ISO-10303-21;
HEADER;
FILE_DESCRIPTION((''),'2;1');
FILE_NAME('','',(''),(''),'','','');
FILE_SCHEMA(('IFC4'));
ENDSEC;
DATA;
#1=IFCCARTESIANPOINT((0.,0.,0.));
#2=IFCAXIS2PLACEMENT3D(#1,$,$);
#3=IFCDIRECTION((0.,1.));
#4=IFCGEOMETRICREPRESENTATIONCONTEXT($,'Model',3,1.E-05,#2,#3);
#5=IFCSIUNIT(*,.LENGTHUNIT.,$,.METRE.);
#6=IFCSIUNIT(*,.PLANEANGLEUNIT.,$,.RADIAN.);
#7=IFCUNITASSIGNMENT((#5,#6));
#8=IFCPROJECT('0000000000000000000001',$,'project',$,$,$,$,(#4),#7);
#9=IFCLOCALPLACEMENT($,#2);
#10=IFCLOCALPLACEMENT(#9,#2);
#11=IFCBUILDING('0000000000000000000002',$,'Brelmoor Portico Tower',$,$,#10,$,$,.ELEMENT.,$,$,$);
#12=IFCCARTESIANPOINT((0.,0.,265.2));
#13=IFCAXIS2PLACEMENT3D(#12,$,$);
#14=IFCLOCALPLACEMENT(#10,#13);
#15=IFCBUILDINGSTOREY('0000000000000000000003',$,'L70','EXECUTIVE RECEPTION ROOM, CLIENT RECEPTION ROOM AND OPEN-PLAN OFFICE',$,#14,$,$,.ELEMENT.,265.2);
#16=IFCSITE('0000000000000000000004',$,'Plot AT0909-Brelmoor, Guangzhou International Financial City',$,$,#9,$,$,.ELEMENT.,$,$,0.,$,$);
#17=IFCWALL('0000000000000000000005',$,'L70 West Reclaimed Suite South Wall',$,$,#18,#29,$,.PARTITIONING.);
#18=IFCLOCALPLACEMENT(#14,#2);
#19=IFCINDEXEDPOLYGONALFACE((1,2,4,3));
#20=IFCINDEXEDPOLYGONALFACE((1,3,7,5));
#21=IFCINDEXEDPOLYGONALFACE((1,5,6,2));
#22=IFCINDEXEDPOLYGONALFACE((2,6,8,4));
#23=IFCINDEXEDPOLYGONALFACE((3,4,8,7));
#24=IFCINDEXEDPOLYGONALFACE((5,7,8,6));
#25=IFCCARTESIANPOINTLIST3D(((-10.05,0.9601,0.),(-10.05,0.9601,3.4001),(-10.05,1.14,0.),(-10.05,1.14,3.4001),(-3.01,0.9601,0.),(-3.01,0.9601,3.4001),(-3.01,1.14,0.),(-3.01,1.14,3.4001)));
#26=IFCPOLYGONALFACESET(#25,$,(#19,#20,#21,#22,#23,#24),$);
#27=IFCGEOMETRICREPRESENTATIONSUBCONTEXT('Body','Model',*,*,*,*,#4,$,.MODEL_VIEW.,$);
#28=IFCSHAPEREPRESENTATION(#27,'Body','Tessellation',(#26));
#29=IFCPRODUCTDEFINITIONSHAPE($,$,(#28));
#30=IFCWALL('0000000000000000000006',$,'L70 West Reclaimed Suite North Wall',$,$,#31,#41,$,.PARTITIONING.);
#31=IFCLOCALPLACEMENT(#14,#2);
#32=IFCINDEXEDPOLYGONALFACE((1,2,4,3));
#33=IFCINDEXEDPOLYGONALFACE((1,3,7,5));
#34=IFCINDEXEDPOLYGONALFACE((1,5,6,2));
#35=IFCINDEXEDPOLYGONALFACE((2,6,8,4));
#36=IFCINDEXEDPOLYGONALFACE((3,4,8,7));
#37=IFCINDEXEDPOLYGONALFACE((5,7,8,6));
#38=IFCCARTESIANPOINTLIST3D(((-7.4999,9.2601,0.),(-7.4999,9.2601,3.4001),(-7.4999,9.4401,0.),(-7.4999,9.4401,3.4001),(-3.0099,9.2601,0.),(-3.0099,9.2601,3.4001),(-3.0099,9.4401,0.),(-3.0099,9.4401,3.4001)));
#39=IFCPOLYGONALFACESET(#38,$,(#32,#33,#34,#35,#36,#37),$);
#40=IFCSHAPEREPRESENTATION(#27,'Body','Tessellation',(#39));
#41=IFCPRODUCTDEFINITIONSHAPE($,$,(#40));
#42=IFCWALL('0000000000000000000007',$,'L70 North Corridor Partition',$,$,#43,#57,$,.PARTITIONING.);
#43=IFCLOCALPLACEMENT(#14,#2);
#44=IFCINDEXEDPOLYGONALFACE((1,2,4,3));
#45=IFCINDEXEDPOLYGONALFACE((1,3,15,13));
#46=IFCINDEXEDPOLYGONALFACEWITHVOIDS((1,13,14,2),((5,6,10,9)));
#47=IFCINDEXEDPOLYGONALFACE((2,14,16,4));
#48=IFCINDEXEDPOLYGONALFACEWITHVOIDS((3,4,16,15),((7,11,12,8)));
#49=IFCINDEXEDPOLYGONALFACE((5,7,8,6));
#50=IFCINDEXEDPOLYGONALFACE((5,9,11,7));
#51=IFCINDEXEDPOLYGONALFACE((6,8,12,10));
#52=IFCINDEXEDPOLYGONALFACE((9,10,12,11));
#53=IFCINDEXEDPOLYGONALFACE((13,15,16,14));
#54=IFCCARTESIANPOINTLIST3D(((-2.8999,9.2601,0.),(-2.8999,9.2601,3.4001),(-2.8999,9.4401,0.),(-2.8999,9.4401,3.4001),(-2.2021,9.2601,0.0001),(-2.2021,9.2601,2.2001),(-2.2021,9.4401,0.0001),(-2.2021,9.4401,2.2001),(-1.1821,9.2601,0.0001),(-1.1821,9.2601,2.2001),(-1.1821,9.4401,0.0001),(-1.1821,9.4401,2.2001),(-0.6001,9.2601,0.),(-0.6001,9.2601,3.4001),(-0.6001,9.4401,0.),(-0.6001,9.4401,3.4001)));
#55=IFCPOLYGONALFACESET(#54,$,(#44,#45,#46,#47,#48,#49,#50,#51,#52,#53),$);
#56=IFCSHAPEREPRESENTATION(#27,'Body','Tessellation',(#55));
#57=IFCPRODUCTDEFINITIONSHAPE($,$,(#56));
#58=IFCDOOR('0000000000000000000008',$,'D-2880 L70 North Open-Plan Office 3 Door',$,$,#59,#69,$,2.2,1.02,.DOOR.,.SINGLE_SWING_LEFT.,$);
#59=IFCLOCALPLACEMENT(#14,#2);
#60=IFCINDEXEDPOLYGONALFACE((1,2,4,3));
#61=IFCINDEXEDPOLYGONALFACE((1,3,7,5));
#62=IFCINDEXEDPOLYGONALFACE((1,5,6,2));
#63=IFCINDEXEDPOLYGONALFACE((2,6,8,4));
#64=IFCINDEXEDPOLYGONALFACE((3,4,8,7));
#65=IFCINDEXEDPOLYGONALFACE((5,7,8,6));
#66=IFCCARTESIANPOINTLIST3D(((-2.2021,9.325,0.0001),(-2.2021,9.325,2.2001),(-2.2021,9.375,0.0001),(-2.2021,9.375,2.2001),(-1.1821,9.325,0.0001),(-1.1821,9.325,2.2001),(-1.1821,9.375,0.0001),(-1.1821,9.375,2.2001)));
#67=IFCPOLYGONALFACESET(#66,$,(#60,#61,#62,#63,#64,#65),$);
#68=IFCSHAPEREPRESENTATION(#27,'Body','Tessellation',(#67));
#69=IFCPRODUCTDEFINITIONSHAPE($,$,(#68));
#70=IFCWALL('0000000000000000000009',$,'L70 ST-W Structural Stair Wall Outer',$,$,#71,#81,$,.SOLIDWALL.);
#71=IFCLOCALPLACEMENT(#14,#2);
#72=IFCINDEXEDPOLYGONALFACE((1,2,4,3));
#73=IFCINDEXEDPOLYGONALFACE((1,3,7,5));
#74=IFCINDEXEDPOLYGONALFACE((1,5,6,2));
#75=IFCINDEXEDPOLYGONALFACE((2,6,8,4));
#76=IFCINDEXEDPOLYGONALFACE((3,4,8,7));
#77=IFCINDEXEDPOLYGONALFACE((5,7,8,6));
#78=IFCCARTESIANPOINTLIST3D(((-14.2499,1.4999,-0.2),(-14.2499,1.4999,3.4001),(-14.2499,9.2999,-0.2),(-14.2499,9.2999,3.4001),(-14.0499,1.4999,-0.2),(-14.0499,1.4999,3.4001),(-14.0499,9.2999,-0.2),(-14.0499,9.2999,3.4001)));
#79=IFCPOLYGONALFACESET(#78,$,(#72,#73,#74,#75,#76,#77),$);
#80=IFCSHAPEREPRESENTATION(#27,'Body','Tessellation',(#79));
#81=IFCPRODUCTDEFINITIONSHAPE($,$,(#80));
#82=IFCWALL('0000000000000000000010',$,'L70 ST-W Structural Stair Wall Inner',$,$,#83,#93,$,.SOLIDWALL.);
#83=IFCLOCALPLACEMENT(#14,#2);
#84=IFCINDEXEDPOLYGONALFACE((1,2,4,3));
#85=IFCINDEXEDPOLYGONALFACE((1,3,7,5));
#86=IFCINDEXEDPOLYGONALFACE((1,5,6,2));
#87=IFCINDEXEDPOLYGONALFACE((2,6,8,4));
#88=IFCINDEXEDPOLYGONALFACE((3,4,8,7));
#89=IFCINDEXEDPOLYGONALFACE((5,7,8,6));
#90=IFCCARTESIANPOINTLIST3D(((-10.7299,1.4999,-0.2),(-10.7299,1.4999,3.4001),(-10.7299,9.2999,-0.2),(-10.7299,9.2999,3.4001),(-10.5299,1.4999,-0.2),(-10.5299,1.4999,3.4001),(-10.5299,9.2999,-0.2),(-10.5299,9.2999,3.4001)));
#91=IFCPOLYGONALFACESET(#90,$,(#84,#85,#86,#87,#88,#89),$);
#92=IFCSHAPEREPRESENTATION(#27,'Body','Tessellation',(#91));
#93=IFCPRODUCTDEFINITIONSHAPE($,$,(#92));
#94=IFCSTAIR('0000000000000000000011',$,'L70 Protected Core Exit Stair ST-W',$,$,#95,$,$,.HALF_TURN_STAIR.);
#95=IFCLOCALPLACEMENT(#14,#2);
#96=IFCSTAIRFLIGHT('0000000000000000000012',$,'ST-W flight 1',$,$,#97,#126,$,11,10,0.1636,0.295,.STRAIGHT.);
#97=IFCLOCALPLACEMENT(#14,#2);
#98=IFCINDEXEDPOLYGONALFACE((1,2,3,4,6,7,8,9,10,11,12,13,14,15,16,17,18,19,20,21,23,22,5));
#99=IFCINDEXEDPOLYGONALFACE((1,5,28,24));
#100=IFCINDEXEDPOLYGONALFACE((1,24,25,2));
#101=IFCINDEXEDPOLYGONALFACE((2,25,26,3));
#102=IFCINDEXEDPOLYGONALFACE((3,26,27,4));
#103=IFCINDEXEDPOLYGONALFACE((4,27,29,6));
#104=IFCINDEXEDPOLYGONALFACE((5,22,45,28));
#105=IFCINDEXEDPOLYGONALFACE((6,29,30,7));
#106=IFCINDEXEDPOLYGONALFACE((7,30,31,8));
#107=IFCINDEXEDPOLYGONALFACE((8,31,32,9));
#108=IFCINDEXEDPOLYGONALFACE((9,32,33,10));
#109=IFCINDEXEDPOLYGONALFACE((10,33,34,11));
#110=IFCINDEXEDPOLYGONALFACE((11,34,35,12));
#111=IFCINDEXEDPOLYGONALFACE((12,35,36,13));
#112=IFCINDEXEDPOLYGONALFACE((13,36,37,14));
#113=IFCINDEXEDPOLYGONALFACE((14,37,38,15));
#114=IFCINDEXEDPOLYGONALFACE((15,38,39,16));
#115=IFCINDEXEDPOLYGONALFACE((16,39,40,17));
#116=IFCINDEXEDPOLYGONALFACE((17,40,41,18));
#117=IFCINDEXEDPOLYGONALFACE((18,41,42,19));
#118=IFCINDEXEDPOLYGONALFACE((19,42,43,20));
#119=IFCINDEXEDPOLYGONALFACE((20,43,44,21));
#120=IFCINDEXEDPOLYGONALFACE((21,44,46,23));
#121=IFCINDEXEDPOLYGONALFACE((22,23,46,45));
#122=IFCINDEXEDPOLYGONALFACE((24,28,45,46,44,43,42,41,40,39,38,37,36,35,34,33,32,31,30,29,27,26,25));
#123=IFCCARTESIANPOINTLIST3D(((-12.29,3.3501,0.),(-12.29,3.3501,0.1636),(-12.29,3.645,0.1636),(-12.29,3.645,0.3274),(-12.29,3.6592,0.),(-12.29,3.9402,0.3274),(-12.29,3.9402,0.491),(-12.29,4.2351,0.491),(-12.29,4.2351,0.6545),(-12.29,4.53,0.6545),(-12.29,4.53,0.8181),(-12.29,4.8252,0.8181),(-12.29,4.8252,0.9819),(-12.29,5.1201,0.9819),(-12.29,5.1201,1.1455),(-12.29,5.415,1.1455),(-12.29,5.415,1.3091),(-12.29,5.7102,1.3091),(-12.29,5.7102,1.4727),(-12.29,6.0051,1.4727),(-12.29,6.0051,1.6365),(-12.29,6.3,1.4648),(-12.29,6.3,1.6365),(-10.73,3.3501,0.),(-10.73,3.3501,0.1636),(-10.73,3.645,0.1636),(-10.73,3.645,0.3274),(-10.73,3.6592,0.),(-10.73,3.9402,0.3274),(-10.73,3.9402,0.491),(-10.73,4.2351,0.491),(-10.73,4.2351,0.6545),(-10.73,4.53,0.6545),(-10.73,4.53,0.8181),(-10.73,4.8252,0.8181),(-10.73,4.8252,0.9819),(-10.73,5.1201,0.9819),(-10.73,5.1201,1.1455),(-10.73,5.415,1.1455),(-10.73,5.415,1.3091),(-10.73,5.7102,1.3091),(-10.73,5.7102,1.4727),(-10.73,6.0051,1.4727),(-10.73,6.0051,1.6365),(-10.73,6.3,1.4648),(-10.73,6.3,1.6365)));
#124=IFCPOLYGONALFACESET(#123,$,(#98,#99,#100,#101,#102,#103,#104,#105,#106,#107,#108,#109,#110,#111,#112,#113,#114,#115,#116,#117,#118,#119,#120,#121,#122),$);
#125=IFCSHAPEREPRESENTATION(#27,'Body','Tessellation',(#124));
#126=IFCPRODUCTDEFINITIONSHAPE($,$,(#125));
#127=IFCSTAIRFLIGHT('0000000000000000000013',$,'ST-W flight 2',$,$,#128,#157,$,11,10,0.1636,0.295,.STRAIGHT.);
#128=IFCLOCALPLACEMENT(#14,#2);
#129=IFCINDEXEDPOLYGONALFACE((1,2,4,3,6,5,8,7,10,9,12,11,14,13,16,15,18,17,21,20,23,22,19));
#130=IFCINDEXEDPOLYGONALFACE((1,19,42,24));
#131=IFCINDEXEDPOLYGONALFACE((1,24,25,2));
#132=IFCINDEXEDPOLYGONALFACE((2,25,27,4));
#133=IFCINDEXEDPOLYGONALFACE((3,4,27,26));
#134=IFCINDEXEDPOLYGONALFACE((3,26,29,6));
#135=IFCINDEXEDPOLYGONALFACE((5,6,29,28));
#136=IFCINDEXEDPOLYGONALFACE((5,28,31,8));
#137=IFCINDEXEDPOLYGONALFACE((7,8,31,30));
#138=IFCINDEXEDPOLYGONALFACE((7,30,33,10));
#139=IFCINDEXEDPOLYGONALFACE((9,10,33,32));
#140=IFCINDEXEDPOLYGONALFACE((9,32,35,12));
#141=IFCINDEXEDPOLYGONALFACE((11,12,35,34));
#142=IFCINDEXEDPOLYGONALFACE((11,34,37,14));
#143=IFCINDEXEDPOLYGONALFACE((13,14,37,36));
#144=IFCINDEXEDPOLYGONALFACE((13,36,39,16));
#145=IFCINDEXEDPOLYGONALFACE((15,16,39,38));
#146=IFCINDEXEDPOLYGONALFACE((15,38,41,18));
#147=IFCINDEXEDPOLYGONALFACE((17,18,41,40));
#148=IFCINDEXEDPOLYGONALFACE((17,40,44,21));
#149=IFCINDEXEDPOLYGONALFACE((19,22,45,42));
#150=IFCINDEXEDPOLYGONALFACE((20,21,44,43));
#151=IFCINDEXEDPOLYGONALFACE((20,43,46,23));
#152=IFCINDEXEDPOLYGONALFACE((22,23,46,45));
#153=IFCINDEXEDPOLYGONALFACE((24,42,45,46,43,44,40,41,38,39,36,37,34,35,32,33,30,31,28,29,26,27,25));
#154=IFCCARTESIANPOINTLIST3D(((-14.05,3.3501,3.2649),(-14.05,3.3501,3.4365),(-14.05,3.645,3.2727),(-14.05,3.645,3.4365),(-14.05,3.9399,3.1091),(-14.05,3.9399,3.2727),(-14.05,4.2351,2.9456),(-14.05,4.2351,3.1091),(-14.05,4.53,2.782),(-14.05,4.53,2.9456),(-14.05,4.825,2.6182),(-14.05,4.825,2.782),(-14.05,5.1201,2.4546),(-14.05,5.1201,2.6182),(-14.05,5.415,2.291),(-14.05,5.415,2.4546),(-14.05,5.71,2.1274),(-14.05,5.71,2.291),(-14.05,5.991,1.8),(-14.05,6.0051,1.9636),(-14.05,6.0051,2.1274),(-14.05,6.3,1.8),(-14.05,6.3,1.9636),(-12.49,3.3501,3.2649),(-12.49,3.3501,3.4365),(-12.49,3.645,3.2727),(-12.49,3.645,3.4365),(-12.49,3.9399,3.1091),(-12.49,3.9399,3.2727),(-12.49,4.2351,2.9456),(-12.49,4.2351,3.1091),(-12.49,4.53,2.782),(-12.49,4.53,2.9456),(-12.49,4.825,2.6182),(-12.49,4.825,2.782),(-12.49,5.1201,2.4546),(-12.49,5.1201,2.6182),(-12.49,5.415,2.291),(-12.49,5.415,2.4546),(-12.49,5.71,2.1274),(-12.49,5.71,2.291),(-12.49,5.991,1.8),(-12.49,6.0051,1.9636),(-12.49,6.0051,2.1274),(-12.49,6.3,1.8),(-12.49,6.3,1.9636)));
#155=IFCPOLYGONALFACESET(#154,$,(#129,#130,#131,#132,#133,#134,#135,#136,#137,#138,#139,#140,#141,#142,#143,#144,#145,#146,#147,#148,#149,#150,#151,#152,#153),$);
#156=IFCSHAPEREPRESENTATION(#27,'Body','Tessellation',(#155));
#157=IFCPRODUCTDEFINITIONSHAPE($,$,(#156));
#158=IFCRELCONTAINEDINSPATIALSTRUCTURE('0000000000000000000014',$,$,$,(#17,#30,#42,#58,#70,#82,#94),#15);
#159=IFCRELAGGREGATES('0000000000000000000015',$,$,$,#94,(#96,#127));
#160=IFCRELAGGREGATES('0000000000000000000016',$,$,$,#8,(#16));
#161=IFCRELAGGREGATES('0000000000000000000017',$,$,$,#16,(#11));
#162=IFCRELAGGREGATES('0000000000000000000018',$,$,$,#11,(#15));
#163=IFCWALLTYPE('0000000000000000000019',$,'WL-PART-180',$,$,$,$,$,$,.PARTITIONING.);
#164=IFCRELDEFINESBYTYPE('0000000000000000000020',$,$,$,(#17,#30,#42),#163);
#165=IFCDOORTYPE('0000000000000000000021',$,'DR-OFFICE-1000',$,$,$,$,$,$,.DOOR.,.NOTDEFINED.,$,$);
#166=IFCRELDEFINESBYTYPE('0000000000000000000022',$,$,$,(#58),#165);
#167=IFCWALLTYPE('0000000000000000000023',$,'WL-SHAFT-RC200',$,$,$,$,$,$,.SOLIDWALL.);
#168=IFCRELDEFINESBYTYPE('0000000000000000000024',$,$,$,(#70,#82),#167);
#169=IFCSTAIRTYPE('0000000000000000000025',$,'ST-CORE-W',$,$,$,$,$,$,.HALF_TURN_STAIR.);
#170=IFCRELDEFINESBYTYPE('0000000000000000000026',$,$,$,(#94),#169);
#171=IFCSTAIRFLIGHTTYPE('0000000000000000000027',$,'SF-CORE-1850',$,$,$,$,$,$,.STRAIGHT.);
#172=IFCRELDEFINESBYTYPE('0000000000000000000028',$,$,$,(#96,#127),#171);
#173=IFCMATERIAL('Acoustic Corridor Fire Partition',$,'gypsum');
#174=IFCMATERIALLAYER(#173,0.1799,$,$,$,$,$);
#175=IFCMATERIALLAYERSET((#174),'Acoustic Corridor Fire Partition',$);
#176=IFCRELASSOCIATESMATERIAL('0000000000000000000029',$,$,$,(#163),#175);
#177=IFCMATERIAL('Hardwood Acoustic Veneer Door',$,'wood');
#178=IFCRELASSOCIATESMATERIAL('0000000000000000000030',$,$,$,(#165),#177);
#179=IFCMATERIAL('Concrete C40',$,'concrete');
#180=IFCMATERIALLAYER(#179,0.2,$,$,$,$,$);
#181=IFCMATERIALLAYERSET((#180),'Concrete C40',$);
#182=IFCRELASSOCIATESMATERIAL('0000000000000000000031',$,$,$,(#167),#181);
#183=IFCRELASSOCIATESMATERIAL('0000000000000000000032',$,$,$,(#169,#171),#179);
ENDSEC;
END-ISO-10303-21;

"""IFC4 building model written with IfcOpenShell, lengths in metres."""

from ifc_helpers import new_model, si_unit, direction, frame, frame_2d, origin, place, context, subcontext, project, spatial, polyline, rectangle, outline, extrude, material, layer, layer_set, type_object, element, fill, aggregate, save


model = new_model("IFC4")

# Units and contexts
model_context = context("Model", 3, precision=1e-05, world=origin(), true_north=direction((0.0, 1.0)))
body_context = subcontext(model_context, "Body", "Model", "MODEL_VIEW")
ifc_project = project(units=[si_unit("LENGTHUNIT", "METRE"), si_unit("PLANEANGLEUNIT", "RADIAN")], contexts=[model_context])

# Site, building, storey
site_placement = place(None, origin())
site = spatial("IfcSite", under=ifc_project, at=site_placement, Name="Plot AT0909-Brelmoor, Guangzhou International Financial City", CompositionType="ELEMENT", RefElevation=0.0)
building_placement = place(site_placement, origin())
building = spatial("IfcBuilding", under=site, at=building_placement, Name="Brelmoor Portico Tower", CompositionType="ELEMENT")
storey_placement = place(building_placement, frame((0.0, 0.0, 265.2)))
storey = spatial("IfcBuildingStorey", under=building, at=storey_placement, Name="L70", Description="EXECUTIVE RECEPTION ROOM, CLIENT RECEPTION ROOM AND OPEN-PLAN OFFICE", CompositionType="ELEMENT", Elevation=265.2)

# Walls
ifc_material_1 = material(Name="Acoustic Corridor Fire Partition", Category="gypsum")
ifc_layer_1 = layer(ifc_material_1, 0.1799)
ifc_layer_set_1 = layer_set([ifc_layer_1], Name="Acoustic Corridor Fire Partition")
wall_type_1 = type_object("IfcWallType", Name="WL-PART-180", PredefinedType="PARTITIONING", material=ifc_layer_set_1)
wall_1_placement = place(storey_placement, frame((-10.05, 1.05, 0.0), z_axis=(0.0, 0.0, 1.0), x_axis=(1.0, 0.0, 0.0)))
element("IfcWall", 1, at=wall_1_placement, inside=storey, type_object=wall_type_1, Name="L70 West Reclaimed Suite South Wall", PredefinedType="PARTITIONING", context=body_context, shape_type="SweptSolid", body=[
    extrude(rectangle(XDim=7.04, YDim=0.1799, at=frame_2d((3.52, 0.0))), origin(), (0.0, 0.0, 1.0), 3.4001),
])
wall_2_placement = place(storey_placement, frame((-7.5, 9.3501, 0.0), z_axis=(0.0, 0.0, 1.0), x_axis=(1.0, 0.0, 0.0)))
element("IfcWall", 2, at=wall_2_placement, inside=storey, type_object=wall_type_1, Name="L70 West Reclaimed Suite North Wall", PredefinedType="PARTITIONING", context=body_context, shape_type="SweptSolid", body=[
    extrude(rectangle(XDim=4.49, YDim=0.1799, at=frame_2d((2.2451, 0.0))), origin(), (0.0, 0.0, 1.0), 3.4001),
])

# Wall, opening, door
wall_3_placement = place(storey_placement, frame((-2.8999, 9.3501, 0.0), z_axis=(0.0, 0.0, 1.0), x_axis=(1.0, 0.0, 0.0)))
wall_3 = element("IfcWall", 3, at=wall_3_placement, inside=storey, type_object=wall_type_1, Name="L70 North Corridor Partition", PredefinedType="PARTITIONING", context=body_context, shape_type="SweptSolid", body=[
    extrude(rectangle(XDim=2.2998, YDim=0.1799, at=frame_2d((1.1499, 0.0))), origin(), (0.0, 0.0, 1.0), 3.4001),
])
opening_1_placement = place(wall_3_placement, frame((0.6978, 0.0, 0.0)))
opening_1 = element("IfcOpeningElement", 4, at=opening_1_placement, cuts=wall_3, PredefinedType="OPENING", context=body_context, shape_type="SweptSolid", body=[
    extrude(rectangle(XDim=1.02, YDim=2.2, at=frame_2d((0.51, 1.1001))), frame((0.0, 0.0999, 0.0), z_axis=(0.0, -1.0, 0.0), x_axis=(1.0, 0.0, 0.0)), (0.0, 0.0, 1.0), 0.2),
])
ifc_material_2 = material(Name="Hardwood Acoustic Veneer Door", Category="wood")
door_type_1 = type_object("IfcDoorType", Name="DR-OFFICE-1000", OperationType="NOTDEFINED", PredefinedType="DOOR", material=ifc_material_2)
door_1_placement = place(opening_1_placement, origin())
door_1 = element("IfcDoor", 5, at=door_1_placement, inside=storey, type_object=door_type_1, Name="D-2880 L70 North Open-Plan Office 3 Door", OperationType="SINGLE_SWING_LEFT", OverallHeight=2.2, OverallWidth=1.02, PredefinedType="DOOR", context=body_context, shape_type="SweptSolid", body=[
    extrude(rectangle(XDim=1.02, YDim=2.2, at=frame_2d((0.51, 1.1001))), frame((0.0, 0.0249, 0.0), z_axis=(0.0, -1.0, 0.0), x_axis=(1.0, 0.0, 0.0)), (0.0, 0.0, 1.0), 0.05),
])
fill(opening_1, door_1)

# Walls
ifc_material_3 = material(Name="Concrete C40", Category="concrete")
ifc_layer_2 = layer(ifc_material_3, 0.2)
ifc_layer_set_2 = layer_set([ifc_layer_2], Name="Concrete C40")
wall_type_2 = type_object("IfcWallType", Name="WL-SHAFT-RC200", PredefinedType="SOLIDWALL", material=ifc_layer_set_2)
for number, where, z_axis, x_axis, name in (
    (6, (-14.1499, 1.5, -0.2), (0.0, 0.0, 1.0), (0.0, 1.0, 0.0), "L70 ST-W Structural Stair Wall Outer"),
    (7, (-10.6299, 1.5, -0.2), (0.0, 0.0, 1.0), (0.0, 1.0, 0.0), "L70 ST-W Structural Stair Wall Inner"),
):
    element("IfcWall", number, at=place(storey_placement, frame(where, z_axis=z_axis, x_axis=x_axis)), inside=storey, type_object=wall_type_2, Name=name, PredefinedType="SOLIDWALL", context=body_context, shape_type="SweptSolid", body=[
        extrude(rectangle(XDim=7.8, YDim=0.2, at=frame_2d((3.8999, 0.0))), origin(), (0.0, 0.0, 1.0), 3.6001),
    ])

# Stair, stair flights
stair_type = type_object("IfcStairType", Name="ST-CORE-W", PredefinedType="HALF_TURN_STAIR", material=ifc_material_3)
stair_placement = place(storey_placement, origin())
stair = element("IfcStair", 8, at=stair_placement, inside=storey, type_object=stair_type, Name="L70 Protected Core Exit Stair ST-W", PredefinedType="HALF_TURN_STAIR")
stair_flight_type = type_object("IfcStairFlightType", Name="SF-CORE-1850", PredefinedType="STRAIGHT", material=ifc_material_3)
stair_flight_1_placement = place(storey_placement, frame((-11.51, 3.3501, 0.0), z_axis=(0.0, 0.0, 1.0), x_axis=(0.0, 1.0, 0.0)))
stair_flight_1 = element("IfcStairFlight", 9, at=stair_flight_1_placement, type_object=stair_flight_type, Name="ST-W flight 1", NumberOfRisers=11, NumberOfTreads=10, PredefinedType="STRAIGHT", RiserHeight=0.1636, TreadLength=0.295, context=body_context, shape_type="SweptSolid", body=[
    extrude(outline(polyline([(0.0, 0.0), (0.0, 0.1636), (0.2949, 0.1636), (0.2949, 0.3274), (0.5901, 0.3274), (0.5901, 0.491), (0.885, 0.491), (0.885, 0.6545), (1.1799, 0.6545), (1.1799, 0.8181), (1.4751, 0.8181), (1.4751, 0.9819), (1.77, 0.9819), (1.77, 1.1455), (2.0649, 1.1455), (2.0649, 1.3091), (2.3601, 1.3091), (2.3601, 1.4727), (2.655, 1.4727), (2.655, 1.6365), (2.95, 1.6365), (2.95, 1.8), (2.95, 1.4648), (0.3091, 0.0), (0.0, 0.0)])), frame((0.0, 0.78, 0.0), z_axis=(0.0, -1.0, 0.0), x_axis=(1.0, 0.0, 0.0)), (0.0, 0.0, 1.0), 1.5601),
])
stair_flight_2_placement = place(storey_placement, frame((-13.27, 6.3, 1.8), z_axis=(0.0, 0.0, 1.0), x_axis=(0.0, -1.0, 0.0)))
stair_flight_2 = element("IfcStairFlight", 10, at=stair_flight_2_placement, type_object=stair_flight_type, Name="ST-W flight 2", NumberOfRisers=11, NumberOfTreads=10, PredefinedType="STRAIGHT", RiserHeight=0.1636, TreadLength=0.295, context=body_context, shape_type="SweptSolid", body=[
    extrude(outline(polyline([(0.0, 0.0), (0.0, 0.1636), (0.2949, 0.1636), (0.2949, 0.3274), (0.5901, 0.3274), (0.5901, 0.491), (0.885, 0.491), (0.885, 0.6545), (1.1799, 0.6545), (1.1799, 0.8181), (1.4751, 0.8181), (1.4751, 0.9819), (1.77, 0.9819), (1.77, 1.1455), (2.0649, 1.1455), (2.0649, 1.3091), (2.3601, 1.3091), (2.3601, 1.4727), (2.655, 1.4727), (2.655, 1.6365), (2.95, 1.6365), (2.95, 1.8), (2.95, 1.4648), (0.3091, 0.0), (0.0, 0.0)])), frame((0.0, 0.78, 0.0), z_axis=(0.0, -1.0, 0.0), x_axis=(1.0, 0.0, 0.0)), (0.0, 0.0, 1.0), 1.5601),
])
aggregate(stair, [stair_flight_1, stair_flight_2])

save(model, "model.ifc")
